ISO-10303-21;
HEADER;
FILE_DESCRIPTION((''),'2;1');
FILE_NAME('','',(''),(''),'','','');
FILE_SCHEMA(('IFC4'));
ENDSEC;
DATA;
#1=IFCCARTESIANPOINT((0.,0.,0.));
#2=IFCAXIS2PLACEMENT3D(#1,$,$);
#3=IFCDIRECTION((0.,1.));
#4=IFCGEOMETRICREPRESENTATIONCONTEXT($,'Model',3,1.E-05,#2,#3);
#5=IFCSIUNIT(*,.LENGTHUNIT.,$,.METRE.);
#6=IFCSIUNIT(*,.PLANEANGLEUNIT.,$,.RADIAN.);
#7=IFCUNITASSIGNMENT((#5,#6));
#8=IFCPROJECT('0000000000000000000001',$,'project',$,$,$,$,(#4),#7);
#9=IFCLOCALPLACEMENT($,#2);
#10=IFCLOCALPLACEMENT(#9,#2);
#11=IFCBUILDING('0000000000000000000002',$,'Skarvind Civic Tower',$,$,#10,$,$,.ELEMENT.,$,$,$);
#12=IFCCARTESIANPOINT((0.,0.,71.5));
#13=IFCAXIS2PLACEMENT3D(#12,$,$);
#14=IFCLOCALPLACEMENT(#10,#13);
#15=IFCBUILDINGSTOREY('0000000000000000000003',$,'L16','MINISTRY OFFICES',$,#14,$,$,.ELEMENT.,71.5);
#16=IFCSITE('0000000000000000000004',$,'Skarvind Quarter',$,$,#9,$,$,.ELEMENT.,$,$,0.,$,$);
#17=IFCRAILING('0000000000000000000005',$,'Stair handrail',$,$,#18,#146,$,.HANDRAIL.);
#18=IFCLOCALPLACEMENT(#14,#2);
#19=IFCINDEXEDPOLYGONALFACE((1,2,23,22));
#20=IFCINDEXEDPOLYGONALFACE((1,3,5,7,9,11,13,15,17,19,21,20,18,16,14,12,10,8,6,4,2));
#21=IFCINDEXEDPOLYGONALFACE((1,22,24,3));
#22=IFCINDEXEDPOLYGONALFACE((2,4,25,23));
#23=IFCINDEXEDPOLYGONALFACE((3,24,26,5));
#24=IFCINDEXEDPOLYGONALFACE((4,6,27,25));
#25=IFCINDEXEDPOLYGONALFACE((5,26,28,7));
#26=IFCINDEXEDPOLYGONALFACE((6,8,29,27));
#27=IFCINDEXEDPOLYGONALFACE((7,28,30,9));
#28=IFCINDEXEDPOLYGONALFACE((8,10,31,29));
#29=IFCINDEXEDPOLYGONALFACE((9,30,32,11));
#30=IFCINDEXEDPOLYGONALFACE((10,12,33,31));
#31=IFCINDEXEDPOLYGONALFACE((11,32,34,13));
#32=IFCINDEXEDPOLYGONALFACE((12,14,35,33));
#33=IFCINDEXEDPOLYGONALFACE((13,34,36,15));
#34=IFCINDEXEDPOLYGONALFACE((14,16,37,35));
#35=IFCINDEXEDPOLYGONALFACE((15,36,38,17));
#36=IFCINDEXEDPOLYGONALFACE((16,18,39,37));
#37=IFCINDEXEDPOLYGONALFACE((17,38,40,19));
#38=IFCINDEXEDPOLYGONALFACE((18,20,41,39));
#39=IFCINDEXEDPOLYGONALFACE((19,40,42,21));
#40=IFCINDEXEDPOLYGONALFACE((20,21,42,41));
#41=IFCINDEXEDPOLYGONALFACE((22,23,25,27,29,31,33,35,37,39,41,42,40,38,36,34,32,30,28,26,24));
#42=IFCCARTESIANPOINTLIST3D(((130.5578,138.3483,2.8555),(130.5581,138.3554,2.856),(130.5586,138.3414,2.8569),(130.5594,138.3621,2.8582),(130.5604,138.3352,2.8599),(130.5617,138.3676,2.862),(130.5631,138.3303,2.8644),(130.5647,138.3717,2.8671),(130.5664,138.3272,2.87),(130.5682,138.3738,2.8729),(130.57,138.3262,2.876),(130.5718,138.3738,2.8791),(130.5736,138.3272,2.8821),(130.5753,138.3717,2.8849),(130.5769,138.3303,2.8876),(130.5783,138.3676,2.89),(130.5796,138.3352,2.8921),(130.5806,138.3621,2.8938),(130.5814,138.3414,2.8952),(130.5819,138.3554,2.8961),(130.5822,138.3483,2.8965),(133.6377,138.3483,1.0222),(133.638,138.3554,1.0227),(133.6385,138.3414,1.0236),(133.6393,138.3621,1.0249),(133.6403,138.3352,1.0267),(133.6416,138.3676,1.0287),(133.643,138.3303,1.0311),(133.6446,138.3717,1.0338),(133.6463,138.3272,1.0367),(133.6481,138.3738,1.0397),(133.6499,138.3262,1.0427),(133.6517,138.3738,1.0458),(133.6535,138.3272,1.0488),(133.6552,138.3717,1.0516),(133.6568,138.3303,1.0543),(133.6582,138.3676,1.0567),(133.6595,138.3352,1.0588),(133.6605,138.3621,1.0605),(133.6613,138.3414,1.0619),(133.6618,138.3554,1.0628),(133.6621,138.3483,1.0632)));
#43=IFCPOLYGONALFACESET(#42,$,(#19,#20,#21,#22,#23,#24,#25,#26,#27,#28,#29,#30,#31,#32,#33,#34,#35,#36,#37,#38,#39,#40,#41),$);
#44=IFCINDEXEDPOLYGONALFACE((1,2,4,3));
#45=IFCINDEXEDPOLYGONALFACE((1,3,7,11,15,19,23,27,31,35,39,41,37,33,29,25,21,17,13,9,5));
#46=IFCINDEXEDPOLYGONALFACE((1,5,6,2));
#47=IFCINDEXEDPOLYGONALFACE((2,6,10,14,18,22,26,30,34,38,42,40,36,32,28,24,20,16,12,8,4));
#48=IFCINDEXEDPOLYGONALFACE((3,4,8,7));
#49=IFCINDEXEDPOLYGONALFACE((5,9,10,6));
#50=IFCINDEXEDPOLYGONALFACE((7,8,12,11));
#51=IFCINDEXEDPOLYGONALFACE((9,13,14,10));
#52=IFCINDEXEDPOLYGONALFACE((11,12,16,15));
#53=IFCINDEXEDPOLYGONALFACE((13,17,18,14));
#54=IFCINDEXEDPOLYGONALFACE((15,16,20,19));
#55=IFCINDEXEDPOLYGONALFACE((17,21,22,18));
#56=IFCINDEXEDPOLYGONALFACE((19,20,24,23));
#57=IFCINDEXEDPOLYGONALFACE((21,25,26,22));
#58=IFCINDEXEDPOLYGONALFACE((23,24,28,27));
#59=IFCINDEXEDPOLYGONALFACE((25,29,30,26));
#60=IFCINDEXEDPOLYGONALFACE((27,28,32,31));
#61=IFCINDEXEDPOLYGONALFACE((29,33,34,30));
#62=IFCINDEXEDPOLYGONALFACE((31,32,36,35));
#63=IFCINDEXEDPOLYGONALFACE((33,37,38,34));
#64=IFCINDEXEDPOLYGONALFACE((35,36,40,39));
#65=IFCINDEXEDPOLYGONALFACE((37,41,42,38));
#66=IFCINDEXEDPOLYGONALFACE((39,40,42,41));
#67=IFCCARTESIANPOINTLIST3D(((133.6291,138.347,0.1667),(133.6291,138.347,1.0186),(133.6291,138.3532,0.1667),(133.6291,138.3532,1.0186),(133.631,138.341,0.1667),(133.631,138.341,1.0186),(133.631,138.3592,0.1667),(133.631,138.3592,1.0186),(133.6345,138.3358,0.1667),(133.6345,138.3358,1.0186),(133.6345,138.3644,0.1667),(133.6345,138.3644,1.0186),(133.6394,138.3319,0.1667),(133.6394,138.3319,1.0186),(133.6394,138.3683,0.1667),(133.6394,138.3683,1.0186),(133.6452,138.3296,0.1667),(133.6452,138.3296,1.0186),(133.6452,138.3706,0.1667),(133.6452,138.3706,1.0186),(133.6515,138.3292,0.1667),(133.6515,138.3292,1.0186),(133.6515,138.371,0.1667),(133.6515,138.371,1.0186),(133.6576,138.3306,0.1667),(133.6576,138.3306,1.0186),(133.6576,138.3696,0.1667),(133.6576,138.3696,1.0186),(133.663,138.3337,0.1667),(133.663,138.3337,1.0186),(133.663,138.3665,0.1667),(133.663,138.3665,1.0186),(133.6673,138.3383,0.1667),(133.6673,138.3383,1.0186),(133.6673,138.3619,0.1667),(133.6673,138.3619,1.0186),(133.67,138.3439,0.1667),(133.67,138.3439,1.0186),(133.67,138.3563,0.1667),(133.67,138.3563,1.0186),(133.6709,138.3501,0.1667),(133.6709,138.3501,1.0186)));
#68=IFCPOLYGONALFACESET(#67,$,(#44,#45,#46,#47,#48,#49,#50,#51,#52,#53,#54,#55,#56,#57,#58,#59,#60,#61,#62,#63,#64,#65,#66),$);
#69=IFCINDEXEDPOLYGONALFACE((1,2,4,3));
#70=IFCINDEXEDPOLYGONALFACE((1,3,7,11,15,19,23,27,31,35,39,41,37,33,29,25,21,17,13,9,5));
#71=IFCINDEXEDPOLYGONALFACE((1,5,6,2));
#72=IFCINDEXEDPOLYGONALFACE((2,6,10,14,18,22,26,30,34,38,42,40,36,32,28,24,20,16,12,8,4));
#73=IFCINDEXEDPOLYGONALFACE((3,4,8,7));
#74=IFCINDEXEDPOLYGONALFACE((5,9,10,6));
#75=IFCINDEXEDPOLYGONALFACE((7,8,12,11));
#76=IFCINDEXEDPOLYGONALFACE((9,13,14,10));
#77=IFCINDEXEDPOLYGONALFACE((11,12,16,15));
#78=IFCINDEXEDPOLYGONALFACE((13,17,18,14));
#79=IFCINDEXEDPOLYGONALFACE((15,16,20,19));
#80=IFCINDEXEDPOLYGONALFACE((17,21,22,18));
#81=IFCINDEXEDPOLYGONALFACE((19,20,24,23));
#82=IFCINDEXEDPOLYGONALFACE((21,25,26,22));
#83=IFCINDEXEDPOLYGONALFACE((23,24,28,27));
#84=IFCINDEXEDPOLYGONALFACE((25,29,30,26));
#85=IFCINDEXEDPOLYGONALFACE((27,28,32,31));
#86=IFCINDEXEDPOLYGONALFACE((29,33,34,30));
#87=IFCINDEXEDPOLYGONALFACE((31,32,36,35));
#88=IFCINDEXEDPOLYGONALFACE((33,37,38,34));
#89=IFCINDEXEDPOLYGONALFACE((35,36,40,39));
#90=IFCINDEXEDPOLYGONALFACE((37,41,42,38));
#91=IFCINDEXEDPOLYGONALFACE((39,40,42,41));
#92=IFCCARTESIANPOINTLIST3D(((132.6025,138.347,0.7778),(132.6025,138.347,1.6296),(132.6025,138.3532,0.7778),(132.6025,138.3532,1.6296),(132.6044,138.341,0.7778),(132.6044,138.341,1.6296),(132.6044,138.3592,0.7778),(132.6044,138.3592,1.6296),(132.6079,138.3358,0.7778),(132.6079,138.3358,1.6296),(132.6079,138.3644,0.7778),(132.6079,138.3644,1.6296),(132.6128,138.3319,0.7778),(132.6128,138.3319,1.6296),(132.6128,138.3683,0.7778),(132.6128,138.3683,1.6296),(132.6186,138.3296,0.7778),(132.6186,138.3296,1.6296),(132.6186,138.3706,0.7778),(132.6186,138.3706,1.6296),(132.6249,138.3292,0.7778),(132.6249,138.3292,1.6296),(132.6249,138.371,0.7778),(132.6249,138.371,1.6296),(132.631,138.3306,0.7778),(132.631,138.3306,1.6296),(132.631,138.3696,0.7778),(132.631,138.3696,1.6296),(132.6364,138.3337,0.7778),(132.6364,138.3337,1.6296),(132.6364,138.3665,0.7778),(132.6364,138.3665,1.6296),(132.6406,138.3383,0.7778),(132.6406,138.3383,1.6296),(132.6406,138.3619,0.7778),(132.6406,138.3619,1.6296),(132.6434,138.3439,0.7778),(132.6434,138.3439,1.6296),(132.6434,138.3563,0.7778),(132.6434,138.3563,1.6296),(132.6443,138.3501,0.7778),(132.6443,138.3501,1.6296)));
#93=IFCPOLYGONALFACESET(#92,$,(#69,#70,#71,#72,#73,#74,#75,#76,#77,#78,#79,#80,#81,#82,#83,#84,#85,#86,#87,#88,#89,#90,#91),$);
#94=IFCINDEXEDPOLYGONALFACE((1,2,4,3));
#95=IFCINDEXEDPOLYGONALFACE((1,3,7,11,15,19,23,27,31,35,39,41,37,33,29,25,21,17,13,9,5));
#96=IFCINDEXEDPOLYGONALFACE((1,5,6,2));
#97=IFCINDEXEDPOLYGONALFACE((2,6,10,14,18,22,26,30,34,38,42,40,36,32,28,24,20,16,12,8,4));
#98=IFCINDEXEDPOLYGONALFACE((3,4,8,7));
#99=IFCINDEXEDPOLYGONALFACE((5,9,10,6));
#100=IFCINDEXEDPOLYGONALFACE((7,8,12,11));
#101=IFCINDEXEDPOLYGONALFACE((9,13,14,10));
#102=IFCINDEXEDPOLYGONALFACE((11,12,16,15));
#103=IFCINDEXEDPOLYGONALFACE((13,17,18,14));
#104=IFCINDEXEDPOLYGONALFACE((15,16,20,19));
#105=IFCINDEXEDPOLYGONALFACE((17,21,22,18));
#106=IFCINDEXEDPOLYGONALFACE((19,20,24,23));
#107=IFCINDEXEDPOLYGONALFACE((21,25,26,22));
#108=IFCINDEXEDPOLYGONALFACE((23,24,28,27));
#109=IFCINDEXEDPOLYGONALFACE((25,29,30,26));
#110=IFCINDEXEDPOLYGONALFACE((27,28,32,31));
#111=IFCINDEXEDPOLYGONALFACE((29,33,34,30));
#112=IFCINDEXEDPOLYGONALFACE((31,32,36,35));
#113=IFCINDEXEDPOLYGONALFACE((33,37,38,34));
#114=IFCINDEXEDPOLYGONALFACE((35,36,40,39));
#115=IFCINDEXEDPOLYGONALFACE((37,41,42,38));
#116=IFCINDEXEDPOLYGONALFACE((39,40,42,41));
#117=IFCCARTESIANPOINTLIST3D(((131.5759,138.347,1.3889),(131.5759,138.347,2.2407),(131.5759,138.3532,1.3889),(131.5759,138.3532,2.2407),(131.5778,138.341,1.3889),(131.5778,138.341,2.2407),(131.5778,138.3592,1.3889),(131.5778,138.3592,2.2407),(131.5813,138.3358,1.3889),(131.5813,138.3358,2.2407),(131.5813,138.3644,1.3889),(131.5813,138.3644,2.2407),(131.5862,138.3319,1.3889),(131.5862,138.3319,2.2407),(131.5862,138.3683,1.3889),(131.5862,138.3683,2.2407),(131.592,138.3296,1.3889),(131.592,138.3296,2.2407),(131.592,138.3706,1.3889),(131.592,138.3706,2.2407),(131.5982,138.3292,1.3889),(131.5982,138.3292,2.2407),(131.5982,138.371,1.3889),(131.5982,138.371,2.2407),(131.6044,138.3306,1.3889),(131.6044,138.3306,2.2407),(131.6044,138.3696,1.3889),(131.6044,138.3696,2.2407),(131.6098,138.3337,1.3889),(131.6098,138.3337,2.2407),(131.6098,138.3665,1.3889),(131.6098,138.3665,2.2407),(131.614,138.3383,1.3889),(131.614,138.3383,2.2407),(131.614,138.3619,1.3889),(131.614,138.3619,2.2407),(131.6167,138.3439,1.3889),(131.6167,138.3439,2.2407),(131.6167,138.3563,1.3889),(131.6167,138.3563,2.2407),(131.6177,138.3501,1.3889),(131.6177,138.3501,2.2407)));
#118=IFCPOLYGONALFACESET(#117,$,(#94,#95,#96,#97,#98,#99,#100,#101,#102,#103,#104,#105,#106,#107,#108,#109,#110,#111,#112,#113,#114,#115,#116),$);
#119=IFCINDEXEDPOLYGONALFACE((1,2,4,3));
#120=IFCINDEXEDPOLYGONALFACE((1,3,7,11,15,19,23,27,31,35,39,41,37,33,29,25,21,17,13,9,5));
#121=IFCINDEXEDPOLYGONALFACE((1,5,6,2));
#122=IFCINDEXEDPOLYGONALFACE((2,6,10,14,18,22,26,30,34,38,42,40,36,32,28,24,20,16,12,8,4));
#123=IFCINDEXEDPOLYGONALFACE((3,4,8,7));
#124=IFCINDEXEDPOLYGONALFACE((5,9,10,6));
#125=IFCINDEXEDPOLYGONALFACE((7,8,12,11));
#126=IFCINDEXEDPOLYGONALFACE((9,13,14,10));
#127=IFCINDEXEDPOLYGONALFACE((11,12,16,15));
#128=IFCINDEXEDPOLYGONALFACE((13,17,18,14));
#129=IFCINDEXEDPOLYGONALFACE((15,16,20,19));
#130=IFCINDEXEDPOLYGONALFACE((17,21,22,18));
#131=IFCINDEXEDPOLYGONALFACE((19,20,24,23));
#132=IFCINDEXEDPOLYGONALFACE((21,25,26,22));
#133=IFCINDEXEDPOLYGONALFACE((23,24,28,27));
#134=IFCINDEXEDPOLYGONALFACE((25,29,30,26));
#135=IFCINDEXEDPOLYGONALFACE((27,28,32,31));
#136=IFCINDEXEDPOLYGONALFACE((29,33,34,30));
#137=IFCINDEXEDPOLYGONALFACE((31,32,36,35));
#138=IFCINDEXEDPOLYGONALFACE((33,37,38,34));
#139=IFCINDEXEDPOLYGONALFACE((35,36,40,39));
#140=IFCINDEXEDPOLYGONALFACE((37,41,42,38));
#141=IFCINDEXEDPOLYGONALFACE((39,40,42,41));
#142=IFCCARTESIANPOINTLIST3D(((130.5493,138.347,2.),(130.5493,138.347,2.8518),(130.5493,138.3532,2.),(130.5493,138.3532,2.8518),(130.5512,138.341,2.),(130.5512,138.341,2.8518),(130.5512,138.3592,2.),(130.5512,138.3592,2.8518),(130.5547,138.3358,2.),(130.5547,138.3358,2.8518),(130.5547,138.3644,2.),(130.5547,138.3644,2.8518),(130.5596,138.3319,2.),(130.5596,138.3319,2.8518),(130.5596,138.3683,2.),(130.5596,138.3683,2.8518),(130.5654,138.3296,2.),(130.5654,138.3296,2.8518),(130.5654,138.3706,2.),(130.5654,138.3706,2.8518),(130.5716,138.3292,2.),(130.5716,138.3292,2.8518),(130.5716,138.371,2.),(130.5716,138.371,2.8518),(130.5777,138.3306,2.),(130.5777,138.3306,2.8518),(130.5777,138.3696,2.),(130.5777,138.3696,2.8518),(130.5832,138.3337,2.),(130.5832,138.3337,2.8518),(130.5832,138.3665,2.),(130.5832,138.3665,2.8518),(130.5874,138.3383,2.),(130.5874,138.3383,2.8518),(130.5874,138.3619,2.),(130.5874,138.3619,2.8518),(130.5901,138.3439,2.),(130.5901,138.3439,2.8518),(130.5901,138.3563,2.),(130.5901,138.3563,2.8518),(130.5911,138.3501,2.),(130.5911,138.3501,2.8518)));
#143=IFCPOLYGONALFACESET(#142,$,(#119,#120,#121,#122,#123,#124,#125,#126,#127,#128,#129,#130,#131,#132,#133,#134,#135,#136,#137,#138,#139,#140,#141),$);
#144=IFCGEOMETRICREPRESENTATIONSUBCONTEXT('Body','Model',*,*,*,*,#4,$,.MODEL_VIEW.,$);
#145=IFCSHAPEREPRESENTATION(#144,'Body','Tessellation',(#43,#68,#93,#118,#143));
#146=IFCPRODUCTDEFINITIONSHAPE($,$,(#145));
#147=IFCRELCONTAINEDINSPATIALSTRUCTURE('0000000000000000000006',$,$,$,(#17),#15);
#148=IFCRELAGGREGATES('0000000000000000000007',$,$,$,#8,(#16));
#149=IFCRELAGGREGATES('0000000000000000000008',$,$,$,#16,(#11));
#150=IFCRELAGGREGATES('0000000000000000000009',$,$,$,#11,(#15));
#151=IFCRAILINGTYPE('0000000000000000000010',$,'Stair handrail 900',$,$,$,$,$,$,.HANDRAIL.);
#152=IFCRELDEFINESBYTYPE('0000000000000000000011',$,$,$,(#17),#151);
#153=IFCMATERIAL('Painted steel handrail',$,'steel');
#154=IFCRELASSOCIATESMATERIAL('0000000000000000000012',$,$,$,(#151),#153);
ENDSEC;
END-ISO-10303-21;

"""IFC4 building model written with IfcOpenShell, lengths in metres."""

from ifc_helpers import new_model, si_unit, direction, frame, origin, origin_2d, place, context, subcontext, project, spatial, circle, extrude, material, type_object, element, save


model = new_model("IFC4")

# Units and contexts
model_context = context("Model", 3, precision=1e-05, world=origin(), true_north=direction((0.0, 1.0)))
body_context = subcontext(model_context, "Body", "Model", "MODEL_VIEW")
ifc_project = project(units=[si_unit("LENGTHUNIT", "METRE"), si_unit("PLANEANGLEUNIT", "RADIAN")], contexts=[model_context])

# Site, building, storey
site_placement = place(None, origin())
site = spatial("IfcSite", under=ifc_project, at=site_placement, Name="Skarvind Quarter", CompositionType="ELEMENT", RefElevation=0.0)
building_placement = place(site_placement, origin())
building = spatial("IfcBuilding", under=site, at=building_placement, Name="Skarvind Civic Tower", CompositionType="ELEMENT")
storey_placement = place(building_placement, frame((0.0, 0.0, 71.5)))
storey = spatial("IfcBuildingStorey", under=building, at=storey_placement, Name="L16", Description="MINISTRY OFFICES", CompositionType="ELEMENT", Elevation=71.5)

# Railing
ifc_material_1 = material(Name="Painted steel handrail", Category="steel")
railing_type = type_object("IfcRailingType", Name="Stair handrail 900", PredefinedType="HANDRAIL", material=ifc_material_1)
railing_1_placement = place(storey_placement, frame((133.6499, 138.3501, 0.1667)))
element("IfcRailing", 1, at=railing_1_placement, inside=storey, type_object=railing_type, Name="Stair handrail", PredefinedType="HANDRAIL", context=body_context, shape_type="SweptSolid", body=[
    extrude(circle(Radius=0.0239, at=origin_2d()), frame((0.0, 0.0, 0.876), z_axis=(-0.859291, 0.0, 0.511487), x_axis=(0.0, -1.0, 0.0)), (0.0, 0.0, 1.0), 3.5842),
    extrude(circle(Radius=0.021, at=origin_2d()), origin(), (0.0, 0.0, 1.0), 0.8518),
    extrude(circle(Radius=0.021, at=origin_2d()), frame((-1.0266, 0.0, 0.6111)), (0.0, 0.0, 1.0), 0.8518),
    extrude(circle(Radius=0.021, at=origin_2d()), frame((-2.0532, 0.0, 1.2222)), (0.0, 0.0, 1.0), 0.8518),
    extrude(circle(Radius=0.021, at=origin_2d()), frame((-3.0798, 0.0, 1.8333)), (0.0, 0.0, 1.0), 0.8518),
])

save(model, "model.ifc")
